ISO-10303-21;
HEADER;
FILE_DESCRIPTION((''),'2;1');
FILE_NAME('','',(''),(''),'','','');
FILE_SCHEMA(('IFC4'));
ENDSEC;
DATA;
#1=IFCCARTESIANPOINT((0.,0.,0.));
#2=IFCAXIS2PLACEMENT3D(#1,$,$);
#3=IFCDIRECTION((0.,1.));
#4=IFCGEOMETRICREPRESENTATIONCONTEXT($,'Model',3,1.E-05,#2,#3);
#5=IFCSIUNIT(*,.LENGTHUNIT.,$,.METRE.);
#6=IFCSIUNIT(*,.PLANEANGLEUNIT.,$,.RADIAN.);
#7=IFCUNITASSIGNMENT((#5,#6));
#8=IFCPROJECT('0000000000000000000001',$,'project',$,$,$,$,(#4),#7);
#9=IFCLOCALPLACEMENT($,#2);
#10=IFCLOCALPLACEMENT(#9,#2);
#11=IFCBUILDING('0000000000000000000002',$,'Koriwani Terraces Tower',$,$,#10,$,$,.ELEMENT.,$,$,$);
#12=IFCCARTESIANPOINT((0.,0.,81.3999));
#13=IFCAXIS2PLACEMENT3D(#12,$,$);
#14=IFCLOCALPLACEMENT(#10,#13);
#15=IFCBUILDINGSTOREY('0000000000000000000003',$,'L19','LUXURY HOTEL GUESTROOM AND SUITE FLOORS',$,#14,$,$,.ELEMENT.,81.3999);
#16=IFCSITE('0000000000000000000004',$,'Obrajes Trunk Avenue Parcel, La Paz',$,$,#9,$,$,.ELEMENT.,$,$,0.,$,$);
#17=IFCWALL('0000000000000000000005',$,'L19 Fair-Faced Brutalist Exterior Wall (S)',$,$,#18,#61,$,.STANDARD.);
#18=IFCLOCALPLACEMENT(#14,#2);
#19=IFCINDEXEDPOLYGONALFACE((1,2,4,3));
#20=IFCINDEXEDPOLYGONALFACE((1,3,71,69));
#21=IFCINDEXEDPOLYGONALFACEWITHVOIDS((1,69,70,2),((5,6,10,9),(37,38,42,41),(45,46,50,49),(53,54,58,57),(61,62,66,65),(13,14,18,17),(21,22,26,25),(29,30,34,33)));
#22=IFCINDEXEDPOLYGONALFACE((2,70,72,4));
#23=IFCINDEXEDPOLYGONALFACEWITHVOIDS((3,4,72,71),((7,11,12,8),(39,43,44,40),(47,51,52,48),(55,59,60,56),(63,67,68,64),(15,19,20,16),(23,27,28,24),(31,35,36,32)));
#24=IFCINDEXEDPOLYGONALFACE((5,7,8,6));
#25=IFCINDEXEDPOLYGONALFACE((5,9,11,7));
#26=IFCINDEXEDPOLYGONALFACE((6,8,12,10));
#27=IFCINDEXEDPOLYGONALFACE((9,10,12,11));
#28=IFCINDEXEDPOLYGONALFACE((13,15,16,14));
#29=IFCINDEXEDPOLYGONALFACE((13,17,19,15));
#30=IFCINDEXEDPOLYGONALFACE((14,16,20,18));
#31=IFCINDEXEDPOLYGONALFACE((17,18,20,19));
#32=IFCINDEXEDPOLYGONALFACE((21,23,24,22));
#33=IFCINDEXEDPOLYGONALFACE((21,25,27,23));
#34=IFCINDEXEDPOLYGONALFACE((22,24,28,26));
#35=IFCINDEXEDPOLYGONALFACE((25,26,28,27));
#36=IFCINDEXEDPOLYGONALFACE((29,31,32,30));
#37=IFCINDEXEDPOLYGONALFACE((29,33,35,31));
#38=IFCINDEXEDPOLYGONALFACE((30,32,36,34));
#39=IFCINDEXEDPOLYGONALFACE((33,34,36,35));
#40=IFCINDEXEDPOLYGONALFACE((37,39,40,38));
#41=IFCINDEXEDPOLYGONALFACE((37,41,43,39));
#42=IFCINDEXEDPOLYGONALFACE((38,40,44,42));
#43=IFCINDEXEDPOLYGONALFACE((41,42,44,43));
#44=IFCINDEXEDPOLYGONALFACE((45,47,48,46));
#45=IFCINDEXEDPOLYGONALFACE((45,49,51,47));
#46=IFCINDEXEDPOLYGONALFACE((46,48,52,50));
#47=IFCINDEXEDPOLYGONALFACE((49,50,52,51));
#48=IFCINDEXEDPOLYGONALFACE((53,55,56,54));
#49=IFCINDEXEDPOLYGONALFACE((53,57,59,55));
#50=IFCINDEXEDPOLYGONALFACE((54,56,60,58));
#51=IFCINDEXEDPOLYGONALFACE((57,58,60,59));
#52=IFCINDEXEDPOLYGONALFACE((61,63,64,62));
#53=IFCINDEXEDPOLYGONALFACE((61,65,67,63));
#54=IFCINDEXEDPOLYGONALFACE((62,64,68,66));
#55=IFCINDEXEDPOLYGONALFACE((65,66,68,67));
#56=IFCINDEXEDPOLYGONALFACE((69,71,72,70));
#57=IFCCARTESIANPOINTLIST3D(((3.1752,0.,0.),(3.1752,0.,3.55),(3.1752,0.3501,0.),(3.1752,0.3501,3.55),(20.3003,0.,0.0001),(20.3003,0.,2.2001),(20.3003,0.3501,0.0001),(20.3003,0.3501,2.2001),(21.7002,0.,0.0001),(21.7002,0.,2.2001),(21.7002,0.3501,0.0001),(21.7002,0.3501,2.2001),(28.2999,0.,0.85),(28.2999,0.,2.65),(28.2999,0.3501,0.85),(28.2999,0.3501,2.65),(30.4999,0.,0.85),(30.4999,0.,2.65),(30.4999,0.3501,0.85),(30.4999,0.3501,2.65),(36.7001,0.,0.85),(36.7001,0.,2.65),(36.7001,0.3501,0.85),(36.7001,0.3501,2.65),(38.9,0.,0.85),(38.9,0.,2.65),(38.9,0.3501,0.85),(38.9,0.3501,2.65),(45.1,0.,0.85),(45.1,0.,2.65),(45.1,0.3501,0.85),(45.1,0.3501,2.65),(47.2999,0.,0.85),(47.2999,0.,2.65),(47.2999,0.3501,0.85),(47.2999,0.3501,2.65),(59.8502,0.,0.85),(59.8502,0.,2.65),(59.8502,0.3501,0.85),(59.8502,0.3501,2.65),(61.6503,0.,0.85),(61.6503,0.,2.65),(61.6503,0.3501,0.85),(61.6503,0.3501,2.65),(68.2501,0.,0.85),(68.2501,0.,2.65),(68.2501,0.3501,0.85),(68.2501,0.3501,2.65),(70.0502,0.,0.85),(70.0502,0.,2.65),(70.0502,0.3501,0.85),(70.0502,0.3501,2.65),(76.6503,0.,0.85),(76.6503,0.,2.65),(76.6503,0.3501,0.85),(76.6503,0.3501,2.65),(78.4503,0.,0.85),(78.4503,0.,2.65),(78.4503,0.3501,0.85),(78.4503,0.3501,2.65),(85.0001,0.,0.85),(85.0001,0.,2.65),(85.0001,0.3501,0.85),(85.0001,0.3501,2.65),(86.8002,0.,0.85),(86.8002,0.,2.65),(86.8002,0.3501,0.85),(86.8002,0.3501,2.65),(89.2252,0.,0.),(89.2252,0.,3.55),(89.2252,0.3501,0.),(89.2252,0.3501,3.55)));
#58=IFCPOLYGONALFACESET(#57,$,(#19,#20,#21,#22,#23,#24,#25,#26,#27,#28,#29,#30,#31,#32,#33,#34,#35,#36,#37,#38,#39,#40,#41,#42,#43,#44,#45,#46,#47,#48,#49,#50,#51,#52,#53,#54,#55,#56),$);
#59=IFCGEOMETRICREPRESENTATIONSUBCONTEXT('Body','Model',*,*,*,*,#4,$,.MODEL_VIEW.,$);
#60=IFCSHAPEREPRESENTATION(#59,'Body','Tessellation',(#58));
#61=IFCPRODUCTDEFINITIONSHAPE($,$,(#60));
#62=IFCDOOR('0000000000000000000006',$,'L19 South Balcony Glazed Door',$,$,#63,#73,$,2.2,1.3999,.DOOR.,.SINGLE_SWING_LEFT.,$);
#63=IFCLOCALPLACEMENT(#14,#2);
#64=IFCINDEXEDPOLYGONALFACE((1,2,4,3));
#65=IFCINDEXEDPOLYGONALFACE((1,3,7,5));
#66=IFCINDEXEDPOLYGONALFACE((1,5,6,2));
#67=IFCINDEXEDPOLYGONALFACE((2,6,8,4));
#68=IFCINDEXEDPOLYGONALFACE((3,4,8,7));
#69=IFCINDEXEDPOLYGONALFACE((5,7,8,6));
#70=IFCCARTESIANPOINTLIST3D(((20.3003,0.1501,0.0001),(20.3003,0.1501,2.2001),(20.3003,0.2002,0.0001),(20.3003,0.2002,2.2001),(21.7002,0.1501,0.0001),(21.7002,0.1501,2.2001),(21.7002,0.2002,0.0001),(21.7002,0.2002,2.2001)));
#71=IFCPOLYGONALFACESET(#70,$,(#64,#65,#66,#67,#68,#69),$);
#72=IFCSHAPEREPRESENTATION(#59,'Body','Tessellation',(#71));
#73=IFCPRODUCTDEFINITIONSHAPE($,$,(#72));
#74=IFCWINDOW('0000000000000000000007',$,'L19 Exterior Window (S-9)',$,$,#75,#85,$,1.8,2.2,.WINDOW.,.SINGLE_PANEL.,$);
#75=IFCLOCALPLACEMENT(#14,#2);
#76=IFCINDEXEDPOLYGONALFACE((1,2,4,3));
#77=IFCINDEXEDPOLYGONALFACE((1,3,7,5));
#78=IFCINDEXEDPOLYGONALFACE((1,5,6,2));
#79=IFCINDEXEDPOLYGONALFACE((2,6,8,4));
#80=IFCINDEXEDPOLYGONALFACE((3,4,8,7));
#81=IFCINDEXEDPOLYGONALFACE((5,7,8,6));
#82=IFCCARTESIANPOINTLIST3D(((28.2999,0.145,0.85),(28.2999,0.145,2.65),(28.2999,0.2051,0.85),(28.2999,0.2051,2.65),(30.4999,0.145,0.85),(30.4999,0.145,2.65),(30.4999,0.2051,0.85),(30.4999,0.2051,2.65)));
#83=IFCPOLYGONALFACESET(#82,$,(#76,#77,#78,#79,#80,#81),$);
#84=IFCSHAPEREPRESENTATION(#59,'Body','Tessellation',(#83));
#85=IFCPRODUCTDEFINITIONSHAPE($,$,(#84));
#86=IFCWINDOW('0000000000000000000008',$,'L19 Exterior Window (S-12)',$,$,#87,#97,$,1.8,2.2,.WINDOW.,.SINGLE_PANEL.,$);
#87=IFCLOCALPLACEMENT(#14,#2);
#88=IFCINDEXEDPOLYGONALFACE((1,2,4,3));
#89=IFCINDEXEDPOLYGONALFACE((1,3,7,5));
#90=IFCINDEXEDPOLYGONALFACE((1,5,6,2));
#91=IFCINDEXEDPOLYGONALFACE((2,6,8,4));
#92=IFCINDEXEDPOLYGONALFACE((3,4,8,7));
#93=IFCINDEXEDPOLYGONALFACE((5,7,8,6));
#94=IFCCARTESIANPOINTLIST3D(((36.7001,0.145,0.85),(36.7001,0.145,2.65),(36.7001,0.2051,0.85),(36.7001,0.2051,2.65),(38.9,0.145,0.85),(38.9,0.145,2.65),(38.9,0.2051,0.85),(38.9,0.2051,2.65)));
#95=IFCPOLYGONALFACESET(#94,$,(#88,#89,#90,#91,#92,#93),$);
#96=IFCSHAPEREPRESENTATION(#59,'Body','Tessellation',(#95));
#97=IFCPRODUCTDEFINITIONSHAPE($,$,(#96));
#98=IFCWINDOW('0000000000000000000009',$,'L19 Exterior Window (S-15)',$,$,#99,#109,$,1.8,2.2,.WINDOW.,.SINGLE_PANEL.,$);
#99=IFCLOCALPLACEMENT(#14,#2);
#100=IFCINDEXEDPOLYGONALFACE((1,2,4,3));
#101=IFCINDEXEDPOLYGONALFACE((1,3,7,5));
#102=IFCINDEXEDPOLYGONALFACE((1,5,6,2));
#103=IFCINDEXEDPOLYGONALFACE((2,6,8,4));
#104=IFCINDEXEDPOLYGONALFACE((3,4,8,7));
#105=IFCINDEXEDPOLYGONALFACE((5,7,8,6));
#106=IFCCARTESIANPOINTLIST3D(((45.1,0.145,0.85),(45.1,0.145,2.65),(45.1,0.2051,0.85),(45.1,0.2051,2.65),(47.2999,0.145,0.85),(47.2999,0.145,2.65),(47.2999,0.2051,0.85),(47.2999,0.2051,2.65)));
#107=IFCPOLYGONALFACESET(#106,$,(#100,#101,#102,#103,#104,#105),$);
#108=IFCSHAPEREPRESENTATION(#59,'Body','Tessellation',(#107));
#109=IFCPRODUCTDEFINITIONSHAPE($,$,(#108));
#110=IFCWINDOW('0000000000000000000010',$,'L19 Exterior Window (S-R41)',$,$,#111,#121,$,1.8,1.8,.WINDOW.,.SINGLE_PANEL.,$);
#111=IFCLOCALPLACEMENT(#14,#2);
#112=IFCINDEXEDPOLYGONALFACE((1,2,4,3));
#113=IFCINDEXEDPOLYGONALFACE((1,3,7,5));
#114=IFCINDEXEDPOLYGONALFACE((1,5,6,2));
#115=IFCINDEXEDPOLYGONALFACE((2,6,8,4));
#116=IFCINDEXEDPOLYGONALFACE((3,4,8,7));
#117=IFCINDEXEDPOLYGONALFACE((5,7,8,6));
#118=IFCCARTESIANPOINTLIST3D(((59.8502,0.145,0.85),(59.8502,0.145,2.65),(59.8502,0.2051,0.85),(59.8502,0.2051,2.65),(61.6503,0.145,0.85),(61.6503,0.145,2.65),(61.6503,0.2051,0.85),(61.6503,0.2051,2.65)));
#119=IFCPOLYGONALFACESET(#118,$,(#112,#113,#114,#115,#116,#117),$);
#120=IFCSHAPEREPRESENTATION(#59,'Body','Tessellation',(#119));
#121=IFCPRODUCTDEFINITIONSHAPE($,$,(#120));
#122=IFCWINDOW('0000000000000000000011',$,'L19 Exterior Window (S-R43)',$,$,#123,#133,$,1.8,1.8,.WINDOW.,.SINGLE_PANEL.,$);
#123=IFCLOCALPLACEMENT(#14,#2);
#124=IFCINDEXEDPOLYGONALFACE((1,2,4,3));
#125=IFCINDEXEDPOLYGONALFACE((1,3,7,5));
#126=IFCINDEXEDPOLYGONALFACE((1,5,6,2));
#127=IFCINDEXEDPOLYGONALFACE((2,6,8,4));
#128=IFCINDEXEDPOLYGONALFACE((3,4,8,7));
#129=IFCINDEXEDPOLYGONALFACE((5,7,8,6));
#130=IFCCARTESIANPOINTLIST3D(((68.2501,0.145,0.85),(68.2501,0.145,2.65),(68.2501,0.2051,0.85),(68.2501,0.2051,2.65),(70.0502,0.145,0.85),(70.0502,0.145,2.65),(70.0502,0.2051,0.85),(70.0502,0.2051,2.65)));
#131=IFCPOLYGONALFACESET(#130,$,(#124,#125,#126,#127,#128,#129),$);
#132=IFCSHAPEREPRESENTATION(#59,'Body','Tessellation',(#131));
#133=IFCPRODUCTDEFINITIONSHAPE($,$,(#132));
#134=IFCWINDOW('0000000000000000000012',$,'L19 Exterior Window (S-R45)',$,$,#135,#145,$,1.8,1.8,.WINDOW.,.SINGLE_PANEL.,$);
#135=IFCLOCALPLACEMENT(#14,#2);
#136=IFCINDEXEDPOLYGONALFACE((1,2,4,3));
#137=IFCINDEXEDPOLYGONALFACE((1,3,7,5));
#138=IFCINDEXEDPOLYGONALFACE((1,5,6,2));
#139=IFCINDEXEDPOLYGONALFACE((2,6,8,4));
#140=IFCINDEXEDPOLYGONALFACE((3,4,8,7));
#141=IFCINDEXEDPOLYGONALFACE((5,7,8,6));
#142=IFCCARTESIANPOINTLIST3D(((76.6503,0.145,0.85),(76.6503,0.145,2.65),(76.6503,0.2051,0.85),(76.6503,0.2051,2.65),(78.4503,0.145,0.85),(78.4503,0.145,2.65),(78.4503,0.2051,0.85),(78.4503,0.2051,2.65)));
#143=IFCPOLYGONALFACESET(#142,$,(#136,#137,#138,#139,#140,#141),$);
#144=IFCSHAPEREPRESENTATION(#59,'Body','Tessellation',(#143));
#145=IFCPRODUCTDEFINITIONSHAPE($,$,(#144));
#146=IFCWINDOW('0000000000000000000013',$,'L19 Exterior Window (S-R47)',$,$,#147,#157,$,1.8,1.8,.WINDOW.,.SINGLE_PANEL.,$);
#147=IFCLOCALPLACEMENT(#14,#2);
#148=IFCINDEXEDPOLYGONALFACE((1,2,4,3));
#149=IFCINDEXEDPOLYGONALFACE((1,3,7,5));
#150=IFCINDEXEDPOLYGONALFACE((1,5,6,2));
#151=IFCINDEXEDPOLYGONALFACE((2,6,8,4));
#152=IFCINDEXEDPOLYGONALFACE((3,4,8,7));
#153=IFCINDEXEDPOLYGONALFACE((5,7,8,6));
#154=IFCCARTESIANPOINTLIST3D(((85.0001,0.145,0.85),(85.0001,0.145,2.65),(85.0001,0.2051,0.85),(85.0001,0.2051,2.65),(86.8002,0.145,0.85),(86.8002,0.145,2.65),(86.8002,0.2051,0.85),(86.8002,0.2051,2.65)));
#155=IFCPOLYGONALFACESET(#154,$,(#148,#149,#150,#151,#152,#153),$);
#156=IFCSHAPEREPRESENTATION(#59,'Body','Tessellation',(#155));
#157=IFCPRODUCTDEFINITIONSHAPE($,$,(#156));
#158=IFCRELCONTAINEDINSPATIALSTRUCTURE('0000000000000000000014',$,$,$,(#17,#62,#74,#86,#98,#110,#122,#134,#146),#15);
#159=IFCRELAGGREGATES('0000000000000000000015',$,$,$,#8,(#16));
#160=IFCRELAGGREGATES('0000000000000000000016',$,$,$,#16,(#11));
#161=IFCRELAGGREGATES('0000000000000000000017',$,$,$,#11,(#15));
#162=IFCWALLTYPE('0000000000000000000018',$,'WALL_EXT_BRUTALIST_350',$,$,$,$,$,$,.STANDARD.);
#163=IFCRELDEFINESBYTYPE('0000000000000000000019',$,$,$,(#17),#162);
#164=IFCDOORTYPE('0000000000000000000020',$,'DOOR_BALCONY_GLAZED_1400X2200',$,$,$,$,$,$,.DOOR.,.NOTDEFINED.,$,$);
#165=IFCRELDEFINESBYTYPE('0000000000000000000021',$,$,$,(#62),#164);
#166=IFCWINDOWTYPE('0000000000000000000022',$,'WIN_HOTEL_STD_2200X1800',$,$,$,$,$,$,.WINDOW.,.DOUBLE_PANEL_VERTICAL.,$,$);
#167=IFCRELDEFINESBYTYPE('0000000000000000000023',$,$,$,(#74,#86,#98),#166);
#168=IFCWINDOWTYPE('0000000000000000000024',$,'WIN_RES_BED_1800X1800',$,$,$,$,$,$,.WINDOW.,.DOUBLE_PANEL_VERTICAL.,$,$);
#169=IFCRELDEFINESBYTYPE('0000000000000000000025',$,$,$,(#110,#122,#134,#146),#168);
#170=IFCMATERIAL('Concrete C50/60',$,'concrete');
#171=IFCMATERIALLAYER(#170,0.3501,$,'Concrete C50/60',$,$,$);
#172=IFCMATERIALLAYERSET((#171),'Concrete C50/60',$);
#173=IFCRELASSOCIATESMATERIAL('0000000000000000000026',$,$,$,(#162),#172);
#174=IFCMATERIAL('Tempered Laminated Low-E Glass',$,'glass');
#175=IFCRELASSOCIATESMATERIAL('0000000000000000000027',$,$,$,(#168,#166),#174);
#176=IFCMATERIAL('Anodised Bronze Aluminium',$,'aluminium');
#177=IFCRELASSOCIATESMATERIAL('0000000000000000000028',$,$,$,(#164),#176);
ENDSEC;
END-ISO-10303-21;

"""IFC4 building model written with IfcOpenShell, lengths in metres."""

from ifc_helpers import new_model, si_unit, direction, frame, frame_2d, origin, place, context, subcontext, project, spatial, rectangle, extrude, material, layer, layer_set, type_object, element, fill, save


model = new_model("IFC4")

# Units and contexts
model_context = context("Model", 3, precision=1e-05, world=origin(), true_north=direction((0.0, 1.0)))
body_context = subcontext(model_context, "Body", "Model", "MODEL_VIEW")
ifc_project = project(units=[si_unit("LENGTHUNIT", "METRE"), si_unit("PLANEANGLEUNIT", "RADIAN")], contexts=[model_context])

# Site, building, storey
site_placement = place(None, origin())
site = spatial("IfcSite", under=ifc_project, at=site_placement, Name="Obrajes Trunk Avenue Parcel, La Paz", CompositionType="ELEMENT", RefElevation=0.0)
building_placement = place(site_placement, origin())
building = spatial("IfcBuilding", under=site, at=building_placement, Name="Koriwani Terraces Tower", CompositionType="ELEMENT")
storey_placement = place(building_placement, frame((0.0, 0.0, 81.3999)))
storey = spatial("IfcBuildingStorey", under=building, at=storey_placement, Name="L19", Description="LUXURY HOTEL GUESTROOM AND SUITE FLOORS", CompositionType="ELEMENT", Elevation=81.3999)

# Shared definitions
ifc_material_1 = material(Name="Concrete C50/60", Category="concrete")

# Shared definitions
ifc_layer_1 = layer(ifc_material_1, 0.3501, Name="Concrete C50/60")
ifc_layer_set_1 = layer_set([ifc_layer_1], Name="Concrete C50/60")
wall_type_1 = type_object("IfcWallType", Name="WALL_EXT_BRUTALIST_350", PredefinedType="STANDARD", material=ifc_layer_set_1)

# Shared definitions
ifc_material_2 = material(Name="Tempered Laminated Low-E Glass", Category="glass")
window_type_1 = type_object("IfcWindowType", Name="WIN_RES_BED_1800X1800", PartitioningType="DOUBLE_PANEL_VERTICAL", PredefinedType="WINDOW", material=ifc_material_2)

# Wall, openings, door, windows
wall_1_placement = place(storey_placement, frame((89.2251, 0.175, 0.0), z_axis=(0.0, 0.0, 1.0), x_axis=(-1.0, 0.0, 0.0)))
wall_1 = element("IfcWall", 1, at=wall_1_placement, inside=storey, type_object=wall_type_1, Name="L19 Fair-Faced Brutalist Exterior Wall (S)", PredefinedType="STANDARD", context=body_context, shape_type="SweptSolid", body=[
    extrude(rectangle(XDim=86.05, YDim=0.3501, at=frame_2d((43.0249, 0.0))), origin(), (0.0, 0.0, 1.0), 3.55),
])
opening_1_placement = place(wall_1_placement, frame((67.5249, 0.0, 0.0)))
opening_1 = element("IfcOpeningElement", 2, at=opening_1_placement, cuts=wall_1, PredefinedType="OPENING", context=body_context, shape_type="SweptSolid", body=[
    extrude(rectangle(XDim=1.3999, YDim=2.2, at=frame_2d((0.7, 1.1001))), frame((0.0, 0.1851, 0.0), z_axis=(0.0, -1.0, 0.0), x_axis=(1.0, 0.0, 0.0)), (0.0, 0.0, 1.0), 0.3701),
])
opening_2_placement = place(wall_1_placement, frame((58.7251, 0.0, 0.8501)))
opening_2 = element("IfcOpeningElement", 3, at=opening_2_placement, cuts=wall_1, PredefinedType="OPENING", context=body_context, shape_type="SweptSolid", body=[
    extrude(rectangle(XDim=2.2, YDim=1.8, at=frame_2d((1.1001, 0.8999))), frame((0.0, 0.1851, 0.0), z_axis=(0.0, -1.0, 0.0), x_axis=(1.0, 0.0, 0.0)), (0.0, 0.0, 1.0), 0.3701),
])
opening_3_placement = place(wall_1_placement, frame((50.325, 0.0, 0.8501)))
opening_3 = element("IfcOpeningElement", 4, at=opening_3_placement, cuts=wall_1, PredefinedType="OPENING", context=body_context, shape_type="SweptSolid", body=[
    extrude(rectangle(XDim=2.2, YDim=1.8, at=frame_2d((1.1001, 0.8999))), frame((0.0, 0.1851, 0.0), z_axis=(0.0, -1.0, 0.0), x_axis=(1.0, 0.0, 0.0)), (0.0, 0.0, 1.0), 0.3701),
])
opening_4_placement = place(wall_1_placement, frame((41.925, 0.0, 0.8501)))
opening_4 = element("IfcOpeningElement", 5, at=opening_4_placement, cuts=wall_1, PredefinedType="OPENING", context=body_context, shape_type="SweptSolid", body=[
    extrude(rectangle(XDim=2.2, YDim=1.8, at=frame_2d((1.1001, 0.8999))), frame((0.0, 0.1851, 0.0), z_axis=(0.0, -1.0, 0.0), x_axis=(1.0, 0.0, 0.0)), (0.0, 0.0, 1.0), 0.3701),
])
opening_5_placement = place(wall_1_placement, frame((27.575, 0.0, 0.8501)))
opening_5 = element("IfcOpeningElement", 6, at=opening_5_placement, cuts=wall_1, PredefinedType="OPENING", context=body_context, shape_type="SweptSolid", body=[
    extrude(rectangle(XDim=1.8, YDim=1.8, at=frame_2d((0.8999, 0.8999))), frame((0.0, 0.1851, 0.0), z_axis=(0.0, -1.0, 0.0), x_axis=(1.0, 0.0, 0.0)), (0.0, 0.0, 1.0), 0.3701),
])
opening_6_placement = place(wall_1_placement, frame((19.175, 0.0, 0.8501)))
opening_6 = element("IfcOpeningElement", 7, at=opening_6_placement, cuts=wall_1, PredefinedType="OPENING", context=body_context, shape_type="SweptSolid", body=[
    extrude(rectangle(XDim=1.8, YDim=1.8, at=frame_2d((0.8999, 0.8999))), frame((0.0, 0.1851, 0.0), z_axis=(0.0, -1.0, 0.0), x_axis=(1.0, 0.0, 0.0)), (0.0, 0.0, 1.0), 0.3701),
])
opening_7_placement = place(wall_1_placement, frame((10.7749, 0.0, 0.8501)))
opening_7 = element("IfcOpeningElement", 8, at=opening_7_placement, cuts=wall_1, PredefinedType="OPENING", context=body_context, shape_type="SweptSolid", body=[
    extrude(rectangle(XDim=1.8, YDim=1.8, at=frame_2d((0.8999, 0.8999))), frame((0.0, 0.1851, 0.0), z_axis=(0.0, -1.0, 0.0), x_axis=(1.0, 0.0, 0.0)), (0.0, 0.0, 1.0), 0.3701),
])
opening_8_placement = place(wall_1_placement, frame((2.425, 0.0, 0.8501)))
opening_8 = element("IfcOpeningElement", 9, at=opening_8_placement, cuts=wall_1, PredefinedType="OPENING", context=body_context, shape_type="SweptSolid", body=[
    extrude(rectangle(XDim=1.8, YDim=1.8, at=frame_2d((0.8999, 0.8999))), frame((0.0, 0.1851, 0.0), z_axis=(0.0, -1.0, 0.0), x_axis=(1.0, 0.0, 0.0)), (0.0, 0.0, 1.0), 0.3701),
])
ifc_material_3 = material(Name="Anodised Bronze Aluminium", Category="aluminium")
door_type_1 = type_object("IfcDoorType", Name="DOOR_BALCONY_GLAZED_1400X2200", OperationType="NOTDEFINED", PredefinedType="DOOR", material=ifc_material_3)
door_1_placement = place(opening_1_placement, origin())
door_1 = element("IfcDoor", 10, at=door_1_placement, inside=storey, type_object=door_type_1, Name="L19 South Balcony Glazed Door", OperationType="SINGLE_SWING_LEFT", OverallHeight=2.2, OverallWidth=1.3999, PredefinedType="DOOR", context=body_context, shape_type="SweptSolid", body=[
    extrude(rectangle(XDim=1.3999, YDim=2.2, at=frame_2d((0.7, 1.1001))), frame((0.0, 0.0249, 0.0), z_axis=(0.0, -1.0, 0.0), x_axis=(1.0, 0.0, 0.0)), (0.0, 0.0, 1.0), 0.05),
])
fill(opening_1, door_1)
window_type_2 = type_object("IfcWindowType", Name="WIN_HOTEL_STD_2200X1800", PartitioningType="DOUBLE_PANEL_VERTICAL", PredefinedType="WINDOW", material=ifc_material_2)
window_1_placement = place(opening_2_placement, origin())
window_1 = element("IfcWindow", 11, at=window_1_placement, inside=storey, type_object=window_type_2, Name="L19 Exterior Window (S-9)", OverallHeight=1.8, OverallWidth=2.2, PartitioningType="SINGLE_PANEL", PredefinedType="WINDOW", context=body_context, shape_type="SweptSolid", body=[
    extrude(rectangle(XDim=2.2, YDim=1.8, at=frame_2d((1.1001, 0.8999))), frame((0.0, 0.03, 0.0), z_axis=(0.0, -1.0, 0.0), x_axis=(1.0, 0.0, 0.0)), (0.0, 0.0, 1.0), 0.0601),
])
fill(opening_2, window_1)
window_2_placement = place(opening_3_placement, origin())
window_2 = element("IfcWindow", 12, at=window_2_placement, inside=storey, type_object=window_type_2, Name="L19 Exterior Window (S-12)", OverallHeight=1.8, OverallWidth=2.2, PartitioningType="SINGLE_PANEL", PredefinedType="WINDOW", context=body_context, shape_type="SweptSolid", body=[
    extrude(rectangle(XDim=2.2, YDim=1.8, at=frame_2d((1.1001, 0.8999))), frame((0.0, 0.03, 0.0), z_axis=(0.0, -1.0, 0.0), x_axis=(1.0, 0.0, 0.0)), (0.0, 0.0, 1.0), 0.0601),
])
fill(opening_3, window_2)
window_3_placement = place(opening_4_placement, origin())
window_3 = element("IfcWindow", 13, at=window_3_placement, inside=storey, type_object=window_type_2, Name="L19 Exterior Window (S-15)", OverallHeight=1.8, OverallWidth=2.2, PartitioningType="SINGLE_PANEL", PredefinedType="WINDOW", context=body_context, shape_type="SweptSolid", body=[
    extrude(rectangle(XDim=2.2, YDim=1.8, at=frame_2d((1.1001, 0.8999))), frame((0.0, 0.03, 0.0), z_axis=(0.0, -1.0, 0.0), x_axis=(1.0, 0.0, 0.0)), (0.0, 0.0, 1.0), 0.0601),
])
fill(opening_4, window_3)
window_4_placement = place(opening_5_placement, origin())
window_4 = element("IfcWindow", 14, at=window_4_placement, inside=storey, type_object=window_type_1, Name="L19 Exterior Window (S-R41)", OverallHeight=1.8, OverallWidth=1.8, PartitioningType="SINGLE_PANEL", PredefinedType="WINDOW", context=body_context, shape_type="SweptSolid", body=[
    extrude(rectangle(XDim=1.8, YDim=1.8, at=frame_2d((0.8999, 0.8999))), frame((0.0, 0.03, 0.0), z_axis=(0.0, -1.0, 0.0), x_axis=(1.0, 0.0, 0.0)), (0.0, 0.0, 1.0), 0.0601),
])
fill(opening_5, window_4)
window_5_placement = place(opening_6_placement, origin())
window_5 = element("IfcWindow", 15, at=window_5_placement, inside=storey, type_object=window_type_1, Name="L19 Exterior Window (S-R43)", OverallHeight=1.8, OverallWidth=1.8, PartitioningType="SINGLE_PANEL", PredefinedType="WINDOW", context=body_context, shape_type="SweptSolid", body=[
    extrude(rectangle(XDim=1.8, YDim=1.8, at=frame_2d((0.8999, 0.8999))), frame((0.0, 0.03, 0.0), z_axis=(0.0, -1.0, 0.0), x_axis=(1.0, 0.0, 0.0)), (0.0, 0.0, 1.0), 0.0601),
])
fill(opening_6, window_5)
window_6_placement = place(opening_7_placement, origin())
window_6 = element("IfcWindow", 16, at=window_6_placement, inside=storey, type_object=window_type_1, Name="L19 Exterior Window (S-R45)", OverallHeight=1.8, OverallWidth=1.8, PartitioningType="SINGLE_PANEL", PredefinedType="WINDOW", context=body_context, shape_type="SweptSolid", body=[
    extrude(rectangle(XDim=1.8, YDim=1.8, at=frame_2d((0.8999, 0.8999))), frame((0.0, 0.03, 0.0), z_axis=(0.0, -1.0, 0.0), x_axis=(1.0, 0.0, 0.0)), (0.0, 0.0, 1.0), 0.0601),
])
fill(opening_7, window_6)
window_7_placement = place(opening_8_placement, origin())
window_7 = element("IfcWindow", 17, at=window_7_placement, inside=storey, type_object=window_type_1, Name="L19 Exterior Window (S-R47)", OverallHeight=1.8, OverallWidth=1.8, PartitioningType="SINGLE_PANEL", PredefinedType="WINDOW", context=body_context, shape_type="SweptSolid", body=[
    extrude(rectangle(XDim=1.8, YDim=1.8, at=frame_2d((0.8999, 0.8999))), frame((0.0, 0.03, 0.0), z_axis=(0.0, -1.0, 0.0), x_axis=(1.0, 0.0, 0.0)), (0.0, 0.0, 1.0), 0.0601),
])
fill(opening_8, window_7)

save(model, "model.ifc")
